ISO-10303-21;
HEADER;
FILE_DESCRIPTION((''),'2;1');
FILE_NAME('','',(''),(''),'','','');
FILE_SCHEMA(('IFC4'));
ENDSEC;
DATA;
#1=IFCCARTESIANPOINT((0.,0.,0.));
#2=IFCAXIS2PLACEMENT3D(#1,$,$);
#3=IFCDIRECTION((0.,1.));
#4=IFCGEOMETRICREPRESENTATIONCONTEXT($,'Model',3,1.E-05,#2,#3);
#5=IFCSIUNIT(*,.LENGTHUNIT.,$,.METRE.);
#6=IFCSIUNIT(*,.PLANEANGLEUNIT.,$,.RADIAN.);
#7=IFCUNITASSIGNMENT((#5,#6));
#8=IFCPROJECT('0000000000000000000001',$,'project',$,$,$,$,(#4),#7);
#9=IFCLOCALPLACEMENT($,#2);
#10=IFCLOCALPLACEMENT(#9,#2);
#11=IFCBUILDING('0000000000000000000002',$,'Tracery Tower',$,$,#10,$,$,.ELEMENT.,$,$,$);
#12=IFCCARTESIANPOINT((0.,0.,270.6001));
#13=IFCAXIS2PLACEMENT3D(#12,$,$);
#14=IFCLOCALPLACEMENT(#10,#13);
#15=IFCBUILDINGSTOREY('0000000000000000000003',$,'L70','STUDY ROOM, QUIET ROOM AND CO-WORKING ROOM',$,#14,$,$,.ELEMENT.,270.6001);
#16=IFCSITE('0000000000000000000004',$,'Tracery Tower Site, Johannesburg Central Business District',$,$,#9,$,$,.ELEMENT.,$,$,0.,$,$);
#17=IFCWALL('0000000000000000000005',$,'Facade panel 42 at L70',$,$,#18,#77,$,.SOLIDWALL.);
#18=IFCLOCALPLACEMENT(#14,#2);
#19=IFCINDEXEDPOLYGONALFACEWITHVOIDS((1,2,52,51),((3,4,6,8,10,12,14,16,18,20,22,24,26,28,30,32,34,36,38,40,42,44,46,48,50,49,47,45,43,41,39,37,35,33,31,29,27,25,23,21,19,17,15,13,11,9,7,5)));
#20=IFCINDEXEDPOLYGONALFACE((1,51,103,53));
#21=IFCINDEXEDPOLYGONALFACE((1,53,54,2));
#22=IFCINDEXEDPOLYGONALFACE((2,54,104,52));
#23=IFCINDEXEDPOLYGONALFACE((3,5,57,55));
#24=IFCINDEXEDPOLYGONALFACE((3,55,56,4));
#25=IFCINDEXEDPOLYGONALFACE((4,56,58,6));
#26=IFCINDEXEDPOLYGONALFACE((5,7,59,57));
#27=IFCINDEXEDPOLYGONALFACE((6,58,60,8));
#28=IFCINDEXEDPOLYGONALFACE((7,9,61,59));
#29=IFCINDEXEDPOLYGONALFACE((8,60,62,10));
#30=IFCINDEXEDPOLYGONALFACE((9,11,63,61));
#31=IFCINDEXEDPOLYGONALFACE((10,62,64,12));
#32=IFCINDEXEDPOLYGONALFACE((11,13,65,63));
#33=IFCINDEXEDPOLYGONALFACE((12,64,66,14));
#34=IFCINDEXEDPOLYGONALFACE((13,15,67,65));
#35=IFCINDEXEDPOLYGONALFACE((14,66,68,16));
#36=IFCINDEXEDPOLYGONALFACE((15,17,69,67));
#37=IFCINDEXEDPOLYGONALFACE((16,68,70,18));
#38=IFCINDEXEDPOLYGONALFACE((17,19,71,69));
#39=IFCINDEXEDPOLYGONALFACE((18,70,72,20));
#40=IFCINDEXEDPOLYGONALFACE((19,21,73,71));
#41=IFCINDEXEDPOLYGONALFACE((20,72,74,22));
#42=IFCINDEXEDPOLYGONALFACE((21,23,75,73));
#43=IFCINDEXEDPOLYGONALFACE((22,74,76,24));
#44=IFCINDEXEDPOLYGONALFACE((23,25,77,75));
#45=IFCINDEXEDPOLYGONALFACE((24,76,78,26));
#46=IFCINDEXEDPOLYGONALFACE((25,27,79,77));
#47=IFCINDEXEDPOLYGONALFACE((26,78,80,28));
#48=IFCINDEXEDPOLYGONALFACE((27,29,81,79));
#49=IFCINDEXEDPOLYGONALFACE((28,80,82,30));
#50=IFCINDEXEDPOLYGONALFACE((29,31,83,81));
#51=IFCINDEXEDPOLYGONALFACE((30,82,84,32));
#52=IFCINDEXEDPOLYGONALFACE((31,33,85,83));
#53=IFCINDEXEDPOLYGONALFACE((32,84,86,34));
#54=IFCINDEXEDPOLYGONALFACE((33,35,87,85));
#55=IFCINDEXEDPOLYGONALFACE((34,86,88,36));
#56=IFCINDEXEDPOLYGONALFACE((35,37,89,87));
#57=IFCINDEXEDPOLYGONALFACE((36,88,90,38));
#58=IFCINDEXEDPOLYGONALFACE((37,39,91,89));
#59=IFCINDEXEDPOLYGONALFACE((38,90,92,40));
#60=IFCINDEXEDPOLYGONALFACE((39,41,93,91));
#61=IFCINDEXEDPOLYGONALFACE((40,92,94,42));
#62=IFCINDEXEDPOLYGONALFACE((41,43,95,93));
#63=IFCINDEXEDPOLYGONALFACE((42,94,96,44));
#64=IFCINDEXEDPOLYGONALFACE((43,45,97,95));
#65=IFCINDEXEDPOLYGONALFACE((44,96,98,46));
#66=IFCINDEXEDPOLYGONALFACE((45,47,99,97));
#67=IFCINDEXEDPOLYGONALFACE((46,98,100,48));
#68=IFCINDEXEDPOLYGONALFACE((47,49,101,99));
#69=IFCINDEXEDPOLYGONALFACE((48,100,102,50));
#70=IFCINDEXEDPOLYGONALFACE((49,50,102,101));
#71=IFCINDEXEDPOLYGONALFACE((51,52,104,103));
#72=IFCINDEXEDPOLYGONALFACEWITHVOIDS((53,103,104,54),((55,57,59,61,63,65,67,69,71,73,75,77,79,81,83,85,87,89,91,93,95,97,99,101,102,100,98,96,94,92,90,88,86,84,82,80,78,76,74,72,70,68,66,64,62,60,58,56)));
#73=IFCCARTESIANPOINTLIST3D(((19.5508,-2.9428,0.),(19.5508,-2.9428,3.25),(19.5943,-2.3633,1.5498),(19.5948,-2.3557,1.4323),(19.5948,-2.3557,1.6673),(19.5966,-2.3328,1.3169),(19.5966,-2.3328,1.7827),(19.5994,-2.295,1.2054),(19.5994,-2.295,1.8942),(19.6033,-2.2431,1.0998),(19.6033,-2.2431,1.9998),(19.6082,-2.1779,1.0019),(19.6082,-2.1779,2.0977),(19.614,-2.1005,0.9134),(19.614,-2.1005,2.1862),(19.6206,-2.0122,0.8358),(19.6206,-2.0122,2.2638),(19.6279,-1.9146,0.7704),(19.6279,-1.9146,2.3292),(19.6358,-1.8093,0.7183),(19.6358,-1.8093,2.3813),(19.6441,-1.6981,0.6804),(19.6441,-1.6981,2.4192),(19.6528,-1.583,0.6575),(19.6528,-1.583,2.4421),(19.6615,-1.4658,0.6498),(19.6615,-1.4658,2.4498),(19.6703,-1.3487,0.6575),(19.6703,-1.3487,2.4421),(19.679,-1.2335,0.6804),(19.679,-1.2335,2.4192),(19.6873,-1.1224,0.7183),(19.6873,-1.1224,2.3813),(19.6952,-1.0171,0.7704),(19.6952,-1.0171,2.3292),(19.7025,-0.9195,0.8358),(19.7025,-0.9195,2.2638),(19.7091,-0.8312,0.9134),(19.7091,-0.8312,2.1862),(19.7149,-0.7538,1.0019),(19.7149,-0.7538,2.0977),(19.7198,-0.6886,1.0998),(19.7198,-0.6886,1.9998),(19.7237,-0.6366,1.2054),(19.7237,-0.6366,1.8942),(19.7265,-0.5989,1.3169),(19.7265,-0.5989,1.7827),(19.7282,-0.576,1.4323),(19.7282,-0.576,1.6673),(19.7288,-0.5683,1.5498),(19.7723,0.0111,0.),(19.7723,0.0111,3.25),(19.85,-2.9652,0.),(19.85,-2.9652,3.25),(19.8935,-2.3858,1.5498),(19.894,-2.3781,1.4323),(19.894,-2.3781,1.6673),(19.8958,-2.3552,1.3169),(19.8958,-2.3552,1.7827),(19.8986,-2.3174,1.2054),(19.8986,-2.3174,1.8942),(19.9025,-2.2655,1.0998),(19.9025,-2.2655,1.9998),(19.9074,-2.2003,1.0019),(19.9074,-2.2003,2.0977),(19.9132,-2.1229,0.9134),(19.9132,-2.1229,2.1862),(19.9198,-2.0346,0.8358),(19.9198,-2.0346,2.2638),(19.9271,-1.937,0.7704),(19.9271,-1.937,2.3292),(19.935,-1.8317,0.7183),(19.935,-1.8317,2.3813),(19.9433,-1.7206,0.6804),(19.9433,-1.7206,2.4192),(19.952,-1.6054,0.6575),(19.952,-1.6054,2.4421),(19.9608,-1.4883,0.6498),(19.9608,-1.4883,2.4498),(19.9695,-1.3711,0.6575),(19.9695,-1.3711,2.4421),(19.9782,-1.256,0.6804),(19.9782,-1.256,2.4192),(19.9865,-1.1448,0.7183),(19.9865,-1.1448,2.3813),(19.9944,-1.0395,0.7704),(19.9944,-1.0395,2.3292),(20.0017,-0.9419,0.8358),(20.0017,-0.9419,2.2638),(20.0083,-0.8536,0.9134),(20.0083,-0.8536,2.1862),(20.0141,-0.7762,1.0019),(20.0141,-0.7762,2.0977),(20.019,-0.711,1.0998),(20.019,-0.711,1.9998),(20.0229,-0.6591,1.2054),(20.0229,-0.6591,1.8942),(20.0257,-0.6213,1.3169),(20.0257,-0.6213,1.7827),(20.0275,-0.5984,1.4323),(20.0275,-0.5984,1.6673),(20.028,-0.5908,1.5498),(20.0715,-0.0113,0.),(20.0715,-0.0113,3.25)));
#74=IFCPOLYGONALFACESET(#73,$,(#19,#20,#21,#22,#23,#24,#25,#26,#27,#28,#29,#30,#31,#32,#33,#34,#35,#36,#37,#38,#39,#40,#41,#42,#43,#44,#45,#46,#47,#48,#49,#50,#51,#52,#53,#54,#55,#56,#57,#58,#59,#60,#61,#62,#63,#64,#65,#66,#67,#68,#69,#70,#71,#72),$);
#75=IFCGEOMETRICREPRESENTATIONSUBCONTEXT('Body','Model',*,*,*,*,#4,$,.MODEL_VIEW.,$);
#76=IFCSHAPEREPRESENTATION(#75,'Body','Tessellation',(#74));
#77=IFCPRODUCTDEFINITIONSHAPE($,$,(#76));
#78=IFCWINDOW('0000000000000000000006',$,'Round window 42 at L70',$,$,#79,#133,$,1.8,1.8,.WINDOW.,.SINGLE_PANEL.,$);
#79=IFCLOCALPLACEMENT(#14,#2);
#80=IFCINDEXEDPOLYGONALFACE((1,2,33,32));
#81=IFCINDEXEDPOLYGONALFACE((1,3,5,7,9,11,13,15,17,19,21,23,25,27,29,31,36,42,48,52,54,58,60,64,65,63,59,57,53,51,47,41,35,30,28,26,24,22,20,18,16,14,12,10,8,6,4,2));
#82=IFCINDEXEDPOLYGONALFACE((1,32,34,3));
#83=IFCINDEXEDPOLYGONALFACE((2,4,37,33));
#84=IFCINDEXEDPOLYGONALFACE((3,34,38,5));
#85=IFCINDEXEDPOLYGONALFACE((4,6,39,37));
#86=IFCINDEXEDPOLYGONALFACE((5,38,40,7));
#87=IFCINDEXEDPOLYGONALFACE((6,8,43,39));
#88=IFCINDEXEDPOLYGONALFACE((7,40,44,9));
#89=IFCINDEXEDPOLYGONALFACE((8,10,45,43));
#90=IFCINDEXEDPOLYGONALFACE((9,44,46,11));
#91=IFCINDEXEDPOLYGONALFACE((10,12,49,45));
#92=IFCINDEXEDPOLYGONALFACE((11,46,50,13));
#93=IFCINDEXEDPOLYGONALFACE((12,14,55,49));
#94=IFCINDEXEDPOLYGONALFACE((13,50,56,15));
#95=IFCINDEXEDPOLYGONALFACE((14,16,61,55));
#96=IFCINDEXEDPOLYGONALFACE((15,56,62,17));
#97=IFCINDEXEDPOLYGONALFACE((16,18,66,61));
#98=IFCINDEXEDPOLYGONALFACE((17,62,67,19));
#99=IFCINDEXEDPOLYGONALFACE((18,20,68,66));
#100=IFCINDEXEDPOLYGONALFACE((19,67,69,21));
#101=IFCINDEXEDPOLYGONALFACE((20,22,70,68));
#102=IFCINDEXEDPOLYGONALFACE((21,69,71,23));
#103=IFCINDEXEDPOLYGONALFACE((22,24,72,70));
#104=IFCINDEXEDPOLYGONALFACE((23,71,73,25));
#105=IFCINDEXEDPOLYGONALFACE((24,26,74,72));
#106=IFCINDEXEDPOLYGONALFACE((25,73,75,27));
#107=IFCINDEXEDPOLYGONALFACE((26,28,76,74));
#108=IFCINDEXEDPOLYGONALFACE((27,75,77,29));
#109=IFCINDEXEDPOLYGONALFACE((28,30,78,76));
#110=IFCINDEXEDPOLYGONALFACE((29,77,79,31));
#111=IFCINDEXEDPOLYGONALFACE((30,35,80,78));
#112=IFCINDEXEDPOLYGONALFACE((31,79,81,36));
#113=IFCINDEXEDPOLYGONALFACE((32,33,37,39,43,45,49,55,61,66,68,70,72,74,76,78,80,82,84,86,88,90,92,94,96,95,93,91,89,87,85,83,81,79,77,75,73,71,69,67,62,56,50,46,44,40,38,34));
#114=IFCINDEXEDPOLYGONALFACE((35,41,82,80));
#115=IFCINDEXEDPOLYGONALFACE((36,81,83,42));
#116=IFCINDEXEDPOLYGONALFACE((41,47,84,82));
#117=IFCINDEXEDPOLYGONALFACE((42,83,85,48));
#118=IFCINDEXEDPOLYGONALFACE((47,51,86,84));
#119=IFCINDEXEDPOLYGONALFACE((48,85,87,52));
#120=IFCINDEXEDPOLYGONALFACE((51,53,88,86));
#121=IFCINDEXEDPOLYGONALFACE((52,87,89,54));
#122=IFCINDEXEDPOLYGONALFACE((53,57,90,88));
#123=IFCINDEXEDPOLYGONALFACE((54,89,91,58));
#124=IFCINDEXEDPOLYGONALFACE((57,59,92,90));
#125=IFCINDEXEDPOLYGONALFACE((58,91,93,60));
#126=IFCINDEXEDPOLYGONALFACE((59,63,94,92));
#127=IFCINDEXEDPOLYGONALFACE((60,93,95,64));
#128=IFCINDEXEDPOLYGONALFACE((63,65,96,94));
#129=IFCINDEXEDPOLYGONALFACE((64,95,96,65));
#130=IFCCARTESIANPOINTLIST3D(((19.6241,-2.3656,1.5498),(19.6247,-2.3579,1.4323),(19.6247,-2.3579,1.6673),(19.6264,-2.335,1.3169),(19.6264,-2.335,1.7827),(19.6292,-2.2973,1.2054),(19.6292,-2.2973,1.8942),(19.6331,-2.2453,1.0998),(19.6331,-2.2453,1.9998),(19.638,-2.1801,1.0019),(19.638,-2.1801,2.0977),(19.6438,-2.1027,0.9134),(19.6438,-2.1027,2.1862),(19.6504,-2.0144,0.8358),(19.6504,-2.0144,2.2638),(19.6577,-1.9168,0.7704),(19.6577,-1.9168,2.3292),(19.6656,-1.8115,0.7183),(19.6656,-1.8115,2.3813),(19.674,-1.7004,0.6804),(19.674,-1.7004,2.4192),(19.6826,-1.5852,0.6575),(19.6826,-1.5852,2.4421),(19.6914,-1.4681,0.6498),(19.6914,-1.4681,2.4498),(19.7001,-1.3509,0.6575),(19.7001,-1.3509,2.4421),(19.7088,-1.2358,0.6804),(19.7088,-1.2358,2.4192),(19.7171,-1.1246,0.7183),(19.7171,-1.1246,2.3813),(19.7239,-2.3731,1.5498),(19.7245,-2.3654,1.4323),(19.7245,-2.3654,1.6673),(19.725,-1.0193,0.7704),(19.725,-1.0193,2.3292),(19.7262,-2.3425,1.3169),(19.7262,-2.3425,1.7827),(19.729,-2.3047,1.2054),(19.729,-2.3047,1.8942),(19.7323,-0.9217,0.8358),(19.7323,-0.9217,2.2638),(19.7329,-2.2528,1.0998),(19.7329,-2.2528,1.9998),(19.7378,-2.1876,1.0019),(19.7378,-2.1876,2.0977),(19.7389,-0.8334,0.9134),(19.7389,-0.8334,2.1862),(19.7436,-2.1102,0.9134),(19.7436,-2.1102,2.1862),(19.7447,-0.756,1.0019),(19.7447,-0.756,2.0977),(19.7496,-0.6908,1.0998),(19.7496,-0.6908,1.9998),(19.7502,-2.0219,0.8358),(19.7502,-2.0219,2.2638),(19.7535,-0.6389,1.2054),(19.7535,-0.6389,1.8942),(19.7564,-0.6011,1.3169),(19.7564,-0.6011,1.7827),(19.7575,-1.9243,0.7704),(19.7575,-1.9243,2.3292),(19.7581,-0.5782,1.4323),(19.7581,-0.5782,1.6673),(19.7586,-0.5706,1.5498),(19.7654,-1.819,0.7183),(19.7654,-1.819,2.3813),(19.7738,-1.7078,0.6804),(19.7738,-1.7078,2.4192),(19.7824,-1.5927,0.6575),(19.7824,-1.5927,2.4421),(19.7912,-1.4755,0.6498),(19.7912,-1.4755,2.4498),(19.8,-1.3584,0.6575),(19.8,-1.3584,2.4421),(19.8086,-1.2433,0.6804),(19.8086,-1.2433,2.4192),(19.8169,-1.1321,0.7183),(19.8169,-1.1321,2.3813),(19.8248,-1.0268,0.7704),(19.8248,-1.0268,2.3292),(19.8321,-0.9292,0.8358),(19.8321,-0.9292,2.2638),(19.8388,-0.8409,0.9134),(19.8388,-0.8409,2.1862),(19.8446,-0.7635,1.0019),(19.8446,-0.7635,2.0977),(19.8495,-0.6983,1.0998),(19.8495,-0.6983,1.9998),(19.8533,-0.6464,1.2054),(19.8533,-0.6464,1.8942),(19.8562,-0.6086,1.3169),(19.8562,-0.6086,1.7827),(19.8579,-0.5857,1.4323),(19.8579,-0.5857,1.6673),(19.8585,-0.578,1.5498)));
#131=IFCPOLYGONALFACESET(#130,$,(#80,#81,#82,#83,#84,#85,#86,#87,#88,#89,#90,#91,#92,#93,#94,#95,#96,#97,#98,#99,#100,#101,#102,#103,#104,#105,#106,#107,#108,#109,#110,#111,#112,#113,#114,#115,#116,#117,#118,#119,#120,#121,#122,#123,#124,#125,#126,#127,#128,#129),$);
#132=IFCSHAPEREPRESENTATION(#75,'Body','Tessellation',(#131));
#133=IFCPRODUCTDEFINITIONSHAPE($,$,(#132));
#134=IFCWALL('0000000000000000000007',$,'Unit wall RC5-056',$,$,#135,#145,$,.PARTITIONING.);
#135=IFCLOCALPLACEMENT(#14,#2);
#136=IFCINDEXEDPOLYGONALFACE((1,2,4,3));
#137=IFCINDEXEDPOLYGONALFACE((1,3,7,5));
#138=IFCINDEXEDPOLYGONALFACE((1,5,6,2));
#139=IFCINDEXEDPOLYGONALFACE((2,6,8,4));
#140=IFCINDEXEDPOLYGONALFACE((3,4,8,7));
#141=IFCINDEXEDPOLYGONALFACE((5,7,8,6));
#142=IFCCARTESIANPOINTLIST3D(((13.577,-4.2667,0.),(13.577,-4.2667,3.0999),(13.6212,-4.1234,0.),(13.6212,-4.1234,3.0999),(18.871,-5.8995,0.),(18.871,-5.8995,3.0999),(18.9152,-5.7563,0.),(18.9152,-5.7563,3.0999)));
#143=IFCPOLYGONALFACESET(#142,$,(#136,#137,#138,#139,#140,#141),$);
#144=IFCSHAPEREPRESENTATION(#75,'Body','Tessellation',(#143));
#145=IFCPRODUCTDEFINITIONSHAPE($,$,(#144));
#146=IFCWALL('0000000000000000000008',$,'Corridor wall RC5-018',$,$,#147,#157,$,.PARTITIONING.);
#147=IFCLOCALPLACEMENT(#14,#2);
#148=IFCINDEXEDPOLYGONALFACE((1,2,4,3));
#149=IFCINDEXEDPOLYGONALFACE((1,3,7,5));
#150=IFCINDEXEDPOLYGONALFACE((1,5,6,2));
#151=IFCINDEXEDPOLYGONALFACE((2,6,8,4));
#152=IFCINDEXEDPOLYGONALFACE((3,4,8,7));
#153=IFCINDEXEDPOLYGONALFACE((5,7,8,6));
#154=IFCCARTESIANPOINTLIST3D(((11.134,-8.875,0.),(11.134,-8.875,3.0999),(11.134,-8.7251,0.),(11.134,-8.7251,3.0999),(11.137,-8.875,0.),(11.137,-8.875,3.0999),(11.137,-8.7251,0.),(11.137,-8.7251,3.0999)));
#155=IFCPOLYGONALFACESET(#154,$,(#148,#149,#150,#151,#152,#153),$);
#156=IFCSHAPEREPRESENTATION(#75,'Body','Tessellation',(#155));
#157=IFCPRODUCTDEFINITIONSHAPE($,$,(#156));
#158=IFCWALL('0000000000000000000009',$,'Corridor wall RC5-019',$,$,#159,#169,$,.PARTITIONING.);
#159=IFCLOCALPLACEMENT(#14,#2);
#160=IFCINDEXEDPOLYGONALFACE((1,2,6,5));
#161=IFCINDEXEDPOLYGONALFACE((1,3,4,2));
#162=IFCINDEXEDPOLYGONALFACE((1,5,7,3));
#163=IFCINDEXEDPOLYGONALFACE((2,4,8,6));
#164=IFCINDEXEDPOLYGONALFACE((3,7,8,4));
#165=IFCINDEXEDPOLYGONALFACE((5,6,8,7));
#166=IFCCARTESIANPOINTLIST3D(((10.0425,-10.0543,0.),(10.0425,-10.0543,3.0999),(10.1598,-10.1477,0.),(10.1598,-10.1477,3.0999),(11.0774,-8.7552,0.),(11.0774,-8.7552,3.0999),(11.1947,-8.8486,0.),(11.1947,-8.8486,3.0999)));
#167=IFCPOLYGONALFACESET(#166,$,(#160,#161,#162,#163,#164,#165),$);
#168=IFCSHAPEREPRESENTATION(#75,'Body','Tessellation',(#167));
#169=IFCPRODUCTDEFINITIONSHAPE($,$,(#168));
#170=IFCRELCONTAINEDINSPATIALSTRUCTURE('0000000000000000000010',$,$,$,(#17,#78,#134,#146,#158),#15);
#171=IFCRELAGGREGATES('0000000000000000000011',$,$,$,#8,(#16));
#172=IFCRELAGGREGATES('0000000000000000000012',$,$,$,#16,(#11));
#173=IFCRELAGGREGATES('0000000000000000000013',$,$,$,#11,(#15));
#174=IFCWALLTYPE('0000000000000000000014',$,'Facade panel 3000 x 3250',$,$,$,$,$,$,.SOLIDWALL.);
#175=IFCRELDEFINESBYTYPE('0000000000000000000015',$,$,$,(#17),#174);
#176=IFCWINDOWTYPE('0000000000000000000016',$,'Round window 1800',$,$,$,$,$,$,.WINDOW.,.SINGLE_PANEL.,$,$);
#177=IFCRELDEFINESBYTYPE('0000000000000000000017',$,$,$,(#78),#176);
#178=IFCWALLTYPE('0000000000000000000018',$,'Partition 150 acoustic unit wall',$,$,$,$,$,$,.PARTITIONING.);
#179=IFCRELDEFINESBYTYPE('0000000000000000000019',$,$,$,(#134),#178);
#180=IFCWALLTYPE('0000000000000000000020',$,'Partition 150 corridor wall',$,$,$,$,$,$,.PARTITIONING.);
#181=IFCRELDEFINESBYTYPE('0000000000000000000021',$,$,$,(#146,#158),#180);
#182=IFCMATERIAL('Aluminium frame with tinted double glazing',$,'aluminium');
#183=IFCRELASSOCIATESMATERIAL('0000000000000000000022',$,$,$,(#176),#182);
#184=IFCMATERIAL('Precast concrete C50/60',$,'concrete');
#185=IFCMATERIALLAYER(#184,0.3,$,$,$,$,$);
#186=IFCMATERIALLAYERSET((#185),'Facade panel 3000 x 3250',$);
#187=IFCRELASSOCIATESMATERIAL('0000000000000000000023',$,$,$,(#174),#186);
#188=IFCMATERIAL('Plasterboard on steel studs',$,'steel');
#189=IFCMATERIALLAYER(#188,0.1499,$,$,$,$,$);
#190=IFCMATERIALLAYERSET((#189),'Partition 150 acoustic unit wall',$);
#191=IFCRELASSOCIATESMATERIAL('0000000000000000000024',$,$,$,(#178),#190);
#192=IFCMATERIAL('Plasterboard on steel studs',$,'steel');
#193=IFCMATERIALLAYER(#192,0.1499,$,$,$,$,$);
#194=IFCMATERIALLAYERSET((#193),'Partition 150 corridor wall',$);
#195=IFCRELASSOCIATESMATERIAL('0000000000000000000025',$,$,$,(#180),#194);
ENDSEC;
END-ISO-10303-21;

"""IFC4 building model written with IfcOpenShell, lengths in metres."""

from ifc_helpers import new_model, si_unit, direction, frame, frame_2d, origin, origin_2d, place, context, subcontext, project, spatial, rectangle, circle, extrude, material, layer, layer_set, type_object, element, fill, save


model = new_model("IFC4")

# Units and contexts
model_context = context("Model", 3, precision=1e-05, world=origin(), true_north=direction((0.0, 1.0)))
body_context = subcontext(model_context, "Body", "Model", "MODEL_VIEW")
ifc_project = project(units=[si_unit("LENGTHUNIT", "METRE"), si_unit("PLANEANGLEUNIT", "RADIAN")], contexts=[model_context])

# Site, building, storey
site_placement = place(None, origin())
site = spatial("IfcSite", under=ifc_project, at=site_placement, Name="Tracery Tower Site, Johannesburg Central Business District", CompositionType="ELEMENT", RefElevation=0.0)
building_placement = place(site_placement, origin())
building = spatial("IfcBuilding", under=site, at=building_placement, Name="Tracery Tower", CompositionType="ELEMENT")
storey_placement = place(building_placement, frame((0.0, 0.0, 270.6001)))
storey = spatial("IfcBuildingStorey", under=building, at=storey_placement, Name="L70", Description="STUDY ROOM, QUIET ROOM AND CO-WORKING ROOM", CompositionType="ELEMENT", Elevation=270.6001)

# Wall, opening, window
ifc_material_1 = material(Name="Aluminium frame with tinted double glazing", Category="aluminium")
window_type = type_object("IfcWindowType", Name="Round window 1800", PartitioningType="SINGLE_PANEL", PredefinedType="WINDOW", material=ifc_material_1)
ifc_material_2 = material(Name="Precast concrete C50/60", Category="concrete")
ifc_layer_1 = layer(ifc_material_2, 0.3)
ifc_layer_set_1 = layer_set([ifc_layer_1], Name="Facade panel 3000 x 3250")
wall_type_1 = type_object("IfcWallType", Name="Facade panel 3000 x 3250", PredefinedType="SOLIDWALL", material=ifc_layer_set_1)
wall_1_placement = place(storey_placement, frame((19.7004, -2.9539, 0.0), z_axis=(0.0, 0.0, 1.0), x_axis=(0.074755, 0.997202, 0.0)))
wall_1 = element("IfcWall", 1, at=wall_1_placement, inside=storey, type_object=wall_type_1, Name="Facade panel 42 at L70", PredefinedType="SOLIDWALL", context=body_context, shape_type="SweptSolid", body=[
    extrude(rectangle(XDim=2.9622, YDim=0.3, at=frame_2d((1.481, 0.0))), origin(), (0.0, 0.0, 1.0), 3.25),
])
opening_1_placement = place(wall_1_placement, frame((1.481, 0.0, 1.5498)))
opening_1 = element("IfcOpeningElement", 2, at=opening_1_placement, cuts=wall_1, PredefinedType="OPENING", context=body_context, shape_type="SweptSolid", body=[
    extrude(circle(Radius=0.9, at=origin_2d()), frame((0.0, 0.1599, 0.0), z_axis=(0.0, -1.0, 0.0), x_axis=(1.0, 0.0, 0.0)), (0.0, 0.0, 1.0), 0.3201),
])
window_1_placement = place(opening_1_placement, origin())
window_1 = element("IfcWindow", 3, at=window_1_placement, inside=storey, type_object=window_type, Name="Round window 42 at L70", OverallHeight=1.8, OverallWidth=1.8, PartitioningType="SINGLE_PANEL", PredefinedType="WINDOW", context=body_context, shape_type="SweptSolid", body=[
    extrude(circle(Radius=0.9, at=origin_2d()), frame((0.0, 0.1201, 0.0), z_axis=(0.0, -1.0, 0.0), x_axis=(1.0, 0.0, 0.0)), (0.0, 0.0, 1.0), 0.1001),
])
fill(opening_1, window_1)

# Walls
ifc_material_3 = material(Name="Plasterboard on steel studs", Category="steel")
ifc_layer_2 = layer(ifc_material_3, 0.1499)
ifc_layer_set_2 = layer_set([ifc_layer_2], Name="Partition 150 acoustic unit wall")
wall_type_2 = type_object("IfcWallType", Name="Partition 150 acoustic unit wall", PredefinedType="PARTITIONING", material=ifc_layer_set_2)
wall_2_placement = place(storey_placement, frame((13.5991, -4.1951, 0.0), z_axis=(0.0, 0.0, 1.0), x_axis=(0.955581, -0.29473, 0.0)))
element("IfcWall", 4, at=wall_2_placement, inside=storey, type_object=wall_type_2, Name="Unit wall RC5-056", PredefinedType="PARTITIONING", context=body_context, shape_type="SweptSolid", body=[
    extrude(rectangle(XDim=5.54, YDim=0.1499, at=frame_2d((2.77, 0.0))), origin(), (0.0, 0.0, 1.0), 3.0999),
])
ifc_material_4 = material(Name="Plasterboard on steel studs", Category="steel")
ifc_layer_3 = layer(ifc_material_4, 0.1499)
ifc_layer_set_3 = layer_set([ifc_layer_3], Name="Partition 150 corridor wall")
wall_type_3 = type_object("IfcWallType", Name="Partition 150 corridor wall", PredefinedType="PARTITIONING", material=ifc_layer_set_3)
wall_3_placement = place(storey_placement, frame((11.137, -8.8, 0.0), z_axis=(0.0, 0.0, 1.0), x_axis=(-1.0, 0.0, 0.0)))
element("IfcWall", 5, at=wall_3_placement, inside=storey, type_object=wall_type_3, Name="Corridor wall RC5-018", PredefinedType="PARTITIONING", context=body_context, shape_type="SweptSolid", body=[
    extrude(rectangle(XDim=0.0029, YDim=0.1499, at=frame_2d((0.0015, 0.0))), origin(), (0.0, 0.0, 1.0), 3.0999),
])
wall_4_placement = place(storey_placement, frame((10.1011, -10.1011, 0.0), z_axis=(0.0, 0.0, 1.0), x_axis=(0.623098, 0.782143, 0.0)))
element("IfcWall", 6, at=wall_4_placement, inside=storey, type_object=wall_type_3, Name="Corridor wall RC5-019", PredefinedType="PARTITIONING", context=body_context, shape_type="SweptSolid", body=[
    extrude(rectangle(XDim=1.6609, YDim=0.1499, at=frame_2d((0.8306, 0.0))), origin(), (0.0, 0.0, 1.0), 3.0999),
])

save(model, "model.ifc")
